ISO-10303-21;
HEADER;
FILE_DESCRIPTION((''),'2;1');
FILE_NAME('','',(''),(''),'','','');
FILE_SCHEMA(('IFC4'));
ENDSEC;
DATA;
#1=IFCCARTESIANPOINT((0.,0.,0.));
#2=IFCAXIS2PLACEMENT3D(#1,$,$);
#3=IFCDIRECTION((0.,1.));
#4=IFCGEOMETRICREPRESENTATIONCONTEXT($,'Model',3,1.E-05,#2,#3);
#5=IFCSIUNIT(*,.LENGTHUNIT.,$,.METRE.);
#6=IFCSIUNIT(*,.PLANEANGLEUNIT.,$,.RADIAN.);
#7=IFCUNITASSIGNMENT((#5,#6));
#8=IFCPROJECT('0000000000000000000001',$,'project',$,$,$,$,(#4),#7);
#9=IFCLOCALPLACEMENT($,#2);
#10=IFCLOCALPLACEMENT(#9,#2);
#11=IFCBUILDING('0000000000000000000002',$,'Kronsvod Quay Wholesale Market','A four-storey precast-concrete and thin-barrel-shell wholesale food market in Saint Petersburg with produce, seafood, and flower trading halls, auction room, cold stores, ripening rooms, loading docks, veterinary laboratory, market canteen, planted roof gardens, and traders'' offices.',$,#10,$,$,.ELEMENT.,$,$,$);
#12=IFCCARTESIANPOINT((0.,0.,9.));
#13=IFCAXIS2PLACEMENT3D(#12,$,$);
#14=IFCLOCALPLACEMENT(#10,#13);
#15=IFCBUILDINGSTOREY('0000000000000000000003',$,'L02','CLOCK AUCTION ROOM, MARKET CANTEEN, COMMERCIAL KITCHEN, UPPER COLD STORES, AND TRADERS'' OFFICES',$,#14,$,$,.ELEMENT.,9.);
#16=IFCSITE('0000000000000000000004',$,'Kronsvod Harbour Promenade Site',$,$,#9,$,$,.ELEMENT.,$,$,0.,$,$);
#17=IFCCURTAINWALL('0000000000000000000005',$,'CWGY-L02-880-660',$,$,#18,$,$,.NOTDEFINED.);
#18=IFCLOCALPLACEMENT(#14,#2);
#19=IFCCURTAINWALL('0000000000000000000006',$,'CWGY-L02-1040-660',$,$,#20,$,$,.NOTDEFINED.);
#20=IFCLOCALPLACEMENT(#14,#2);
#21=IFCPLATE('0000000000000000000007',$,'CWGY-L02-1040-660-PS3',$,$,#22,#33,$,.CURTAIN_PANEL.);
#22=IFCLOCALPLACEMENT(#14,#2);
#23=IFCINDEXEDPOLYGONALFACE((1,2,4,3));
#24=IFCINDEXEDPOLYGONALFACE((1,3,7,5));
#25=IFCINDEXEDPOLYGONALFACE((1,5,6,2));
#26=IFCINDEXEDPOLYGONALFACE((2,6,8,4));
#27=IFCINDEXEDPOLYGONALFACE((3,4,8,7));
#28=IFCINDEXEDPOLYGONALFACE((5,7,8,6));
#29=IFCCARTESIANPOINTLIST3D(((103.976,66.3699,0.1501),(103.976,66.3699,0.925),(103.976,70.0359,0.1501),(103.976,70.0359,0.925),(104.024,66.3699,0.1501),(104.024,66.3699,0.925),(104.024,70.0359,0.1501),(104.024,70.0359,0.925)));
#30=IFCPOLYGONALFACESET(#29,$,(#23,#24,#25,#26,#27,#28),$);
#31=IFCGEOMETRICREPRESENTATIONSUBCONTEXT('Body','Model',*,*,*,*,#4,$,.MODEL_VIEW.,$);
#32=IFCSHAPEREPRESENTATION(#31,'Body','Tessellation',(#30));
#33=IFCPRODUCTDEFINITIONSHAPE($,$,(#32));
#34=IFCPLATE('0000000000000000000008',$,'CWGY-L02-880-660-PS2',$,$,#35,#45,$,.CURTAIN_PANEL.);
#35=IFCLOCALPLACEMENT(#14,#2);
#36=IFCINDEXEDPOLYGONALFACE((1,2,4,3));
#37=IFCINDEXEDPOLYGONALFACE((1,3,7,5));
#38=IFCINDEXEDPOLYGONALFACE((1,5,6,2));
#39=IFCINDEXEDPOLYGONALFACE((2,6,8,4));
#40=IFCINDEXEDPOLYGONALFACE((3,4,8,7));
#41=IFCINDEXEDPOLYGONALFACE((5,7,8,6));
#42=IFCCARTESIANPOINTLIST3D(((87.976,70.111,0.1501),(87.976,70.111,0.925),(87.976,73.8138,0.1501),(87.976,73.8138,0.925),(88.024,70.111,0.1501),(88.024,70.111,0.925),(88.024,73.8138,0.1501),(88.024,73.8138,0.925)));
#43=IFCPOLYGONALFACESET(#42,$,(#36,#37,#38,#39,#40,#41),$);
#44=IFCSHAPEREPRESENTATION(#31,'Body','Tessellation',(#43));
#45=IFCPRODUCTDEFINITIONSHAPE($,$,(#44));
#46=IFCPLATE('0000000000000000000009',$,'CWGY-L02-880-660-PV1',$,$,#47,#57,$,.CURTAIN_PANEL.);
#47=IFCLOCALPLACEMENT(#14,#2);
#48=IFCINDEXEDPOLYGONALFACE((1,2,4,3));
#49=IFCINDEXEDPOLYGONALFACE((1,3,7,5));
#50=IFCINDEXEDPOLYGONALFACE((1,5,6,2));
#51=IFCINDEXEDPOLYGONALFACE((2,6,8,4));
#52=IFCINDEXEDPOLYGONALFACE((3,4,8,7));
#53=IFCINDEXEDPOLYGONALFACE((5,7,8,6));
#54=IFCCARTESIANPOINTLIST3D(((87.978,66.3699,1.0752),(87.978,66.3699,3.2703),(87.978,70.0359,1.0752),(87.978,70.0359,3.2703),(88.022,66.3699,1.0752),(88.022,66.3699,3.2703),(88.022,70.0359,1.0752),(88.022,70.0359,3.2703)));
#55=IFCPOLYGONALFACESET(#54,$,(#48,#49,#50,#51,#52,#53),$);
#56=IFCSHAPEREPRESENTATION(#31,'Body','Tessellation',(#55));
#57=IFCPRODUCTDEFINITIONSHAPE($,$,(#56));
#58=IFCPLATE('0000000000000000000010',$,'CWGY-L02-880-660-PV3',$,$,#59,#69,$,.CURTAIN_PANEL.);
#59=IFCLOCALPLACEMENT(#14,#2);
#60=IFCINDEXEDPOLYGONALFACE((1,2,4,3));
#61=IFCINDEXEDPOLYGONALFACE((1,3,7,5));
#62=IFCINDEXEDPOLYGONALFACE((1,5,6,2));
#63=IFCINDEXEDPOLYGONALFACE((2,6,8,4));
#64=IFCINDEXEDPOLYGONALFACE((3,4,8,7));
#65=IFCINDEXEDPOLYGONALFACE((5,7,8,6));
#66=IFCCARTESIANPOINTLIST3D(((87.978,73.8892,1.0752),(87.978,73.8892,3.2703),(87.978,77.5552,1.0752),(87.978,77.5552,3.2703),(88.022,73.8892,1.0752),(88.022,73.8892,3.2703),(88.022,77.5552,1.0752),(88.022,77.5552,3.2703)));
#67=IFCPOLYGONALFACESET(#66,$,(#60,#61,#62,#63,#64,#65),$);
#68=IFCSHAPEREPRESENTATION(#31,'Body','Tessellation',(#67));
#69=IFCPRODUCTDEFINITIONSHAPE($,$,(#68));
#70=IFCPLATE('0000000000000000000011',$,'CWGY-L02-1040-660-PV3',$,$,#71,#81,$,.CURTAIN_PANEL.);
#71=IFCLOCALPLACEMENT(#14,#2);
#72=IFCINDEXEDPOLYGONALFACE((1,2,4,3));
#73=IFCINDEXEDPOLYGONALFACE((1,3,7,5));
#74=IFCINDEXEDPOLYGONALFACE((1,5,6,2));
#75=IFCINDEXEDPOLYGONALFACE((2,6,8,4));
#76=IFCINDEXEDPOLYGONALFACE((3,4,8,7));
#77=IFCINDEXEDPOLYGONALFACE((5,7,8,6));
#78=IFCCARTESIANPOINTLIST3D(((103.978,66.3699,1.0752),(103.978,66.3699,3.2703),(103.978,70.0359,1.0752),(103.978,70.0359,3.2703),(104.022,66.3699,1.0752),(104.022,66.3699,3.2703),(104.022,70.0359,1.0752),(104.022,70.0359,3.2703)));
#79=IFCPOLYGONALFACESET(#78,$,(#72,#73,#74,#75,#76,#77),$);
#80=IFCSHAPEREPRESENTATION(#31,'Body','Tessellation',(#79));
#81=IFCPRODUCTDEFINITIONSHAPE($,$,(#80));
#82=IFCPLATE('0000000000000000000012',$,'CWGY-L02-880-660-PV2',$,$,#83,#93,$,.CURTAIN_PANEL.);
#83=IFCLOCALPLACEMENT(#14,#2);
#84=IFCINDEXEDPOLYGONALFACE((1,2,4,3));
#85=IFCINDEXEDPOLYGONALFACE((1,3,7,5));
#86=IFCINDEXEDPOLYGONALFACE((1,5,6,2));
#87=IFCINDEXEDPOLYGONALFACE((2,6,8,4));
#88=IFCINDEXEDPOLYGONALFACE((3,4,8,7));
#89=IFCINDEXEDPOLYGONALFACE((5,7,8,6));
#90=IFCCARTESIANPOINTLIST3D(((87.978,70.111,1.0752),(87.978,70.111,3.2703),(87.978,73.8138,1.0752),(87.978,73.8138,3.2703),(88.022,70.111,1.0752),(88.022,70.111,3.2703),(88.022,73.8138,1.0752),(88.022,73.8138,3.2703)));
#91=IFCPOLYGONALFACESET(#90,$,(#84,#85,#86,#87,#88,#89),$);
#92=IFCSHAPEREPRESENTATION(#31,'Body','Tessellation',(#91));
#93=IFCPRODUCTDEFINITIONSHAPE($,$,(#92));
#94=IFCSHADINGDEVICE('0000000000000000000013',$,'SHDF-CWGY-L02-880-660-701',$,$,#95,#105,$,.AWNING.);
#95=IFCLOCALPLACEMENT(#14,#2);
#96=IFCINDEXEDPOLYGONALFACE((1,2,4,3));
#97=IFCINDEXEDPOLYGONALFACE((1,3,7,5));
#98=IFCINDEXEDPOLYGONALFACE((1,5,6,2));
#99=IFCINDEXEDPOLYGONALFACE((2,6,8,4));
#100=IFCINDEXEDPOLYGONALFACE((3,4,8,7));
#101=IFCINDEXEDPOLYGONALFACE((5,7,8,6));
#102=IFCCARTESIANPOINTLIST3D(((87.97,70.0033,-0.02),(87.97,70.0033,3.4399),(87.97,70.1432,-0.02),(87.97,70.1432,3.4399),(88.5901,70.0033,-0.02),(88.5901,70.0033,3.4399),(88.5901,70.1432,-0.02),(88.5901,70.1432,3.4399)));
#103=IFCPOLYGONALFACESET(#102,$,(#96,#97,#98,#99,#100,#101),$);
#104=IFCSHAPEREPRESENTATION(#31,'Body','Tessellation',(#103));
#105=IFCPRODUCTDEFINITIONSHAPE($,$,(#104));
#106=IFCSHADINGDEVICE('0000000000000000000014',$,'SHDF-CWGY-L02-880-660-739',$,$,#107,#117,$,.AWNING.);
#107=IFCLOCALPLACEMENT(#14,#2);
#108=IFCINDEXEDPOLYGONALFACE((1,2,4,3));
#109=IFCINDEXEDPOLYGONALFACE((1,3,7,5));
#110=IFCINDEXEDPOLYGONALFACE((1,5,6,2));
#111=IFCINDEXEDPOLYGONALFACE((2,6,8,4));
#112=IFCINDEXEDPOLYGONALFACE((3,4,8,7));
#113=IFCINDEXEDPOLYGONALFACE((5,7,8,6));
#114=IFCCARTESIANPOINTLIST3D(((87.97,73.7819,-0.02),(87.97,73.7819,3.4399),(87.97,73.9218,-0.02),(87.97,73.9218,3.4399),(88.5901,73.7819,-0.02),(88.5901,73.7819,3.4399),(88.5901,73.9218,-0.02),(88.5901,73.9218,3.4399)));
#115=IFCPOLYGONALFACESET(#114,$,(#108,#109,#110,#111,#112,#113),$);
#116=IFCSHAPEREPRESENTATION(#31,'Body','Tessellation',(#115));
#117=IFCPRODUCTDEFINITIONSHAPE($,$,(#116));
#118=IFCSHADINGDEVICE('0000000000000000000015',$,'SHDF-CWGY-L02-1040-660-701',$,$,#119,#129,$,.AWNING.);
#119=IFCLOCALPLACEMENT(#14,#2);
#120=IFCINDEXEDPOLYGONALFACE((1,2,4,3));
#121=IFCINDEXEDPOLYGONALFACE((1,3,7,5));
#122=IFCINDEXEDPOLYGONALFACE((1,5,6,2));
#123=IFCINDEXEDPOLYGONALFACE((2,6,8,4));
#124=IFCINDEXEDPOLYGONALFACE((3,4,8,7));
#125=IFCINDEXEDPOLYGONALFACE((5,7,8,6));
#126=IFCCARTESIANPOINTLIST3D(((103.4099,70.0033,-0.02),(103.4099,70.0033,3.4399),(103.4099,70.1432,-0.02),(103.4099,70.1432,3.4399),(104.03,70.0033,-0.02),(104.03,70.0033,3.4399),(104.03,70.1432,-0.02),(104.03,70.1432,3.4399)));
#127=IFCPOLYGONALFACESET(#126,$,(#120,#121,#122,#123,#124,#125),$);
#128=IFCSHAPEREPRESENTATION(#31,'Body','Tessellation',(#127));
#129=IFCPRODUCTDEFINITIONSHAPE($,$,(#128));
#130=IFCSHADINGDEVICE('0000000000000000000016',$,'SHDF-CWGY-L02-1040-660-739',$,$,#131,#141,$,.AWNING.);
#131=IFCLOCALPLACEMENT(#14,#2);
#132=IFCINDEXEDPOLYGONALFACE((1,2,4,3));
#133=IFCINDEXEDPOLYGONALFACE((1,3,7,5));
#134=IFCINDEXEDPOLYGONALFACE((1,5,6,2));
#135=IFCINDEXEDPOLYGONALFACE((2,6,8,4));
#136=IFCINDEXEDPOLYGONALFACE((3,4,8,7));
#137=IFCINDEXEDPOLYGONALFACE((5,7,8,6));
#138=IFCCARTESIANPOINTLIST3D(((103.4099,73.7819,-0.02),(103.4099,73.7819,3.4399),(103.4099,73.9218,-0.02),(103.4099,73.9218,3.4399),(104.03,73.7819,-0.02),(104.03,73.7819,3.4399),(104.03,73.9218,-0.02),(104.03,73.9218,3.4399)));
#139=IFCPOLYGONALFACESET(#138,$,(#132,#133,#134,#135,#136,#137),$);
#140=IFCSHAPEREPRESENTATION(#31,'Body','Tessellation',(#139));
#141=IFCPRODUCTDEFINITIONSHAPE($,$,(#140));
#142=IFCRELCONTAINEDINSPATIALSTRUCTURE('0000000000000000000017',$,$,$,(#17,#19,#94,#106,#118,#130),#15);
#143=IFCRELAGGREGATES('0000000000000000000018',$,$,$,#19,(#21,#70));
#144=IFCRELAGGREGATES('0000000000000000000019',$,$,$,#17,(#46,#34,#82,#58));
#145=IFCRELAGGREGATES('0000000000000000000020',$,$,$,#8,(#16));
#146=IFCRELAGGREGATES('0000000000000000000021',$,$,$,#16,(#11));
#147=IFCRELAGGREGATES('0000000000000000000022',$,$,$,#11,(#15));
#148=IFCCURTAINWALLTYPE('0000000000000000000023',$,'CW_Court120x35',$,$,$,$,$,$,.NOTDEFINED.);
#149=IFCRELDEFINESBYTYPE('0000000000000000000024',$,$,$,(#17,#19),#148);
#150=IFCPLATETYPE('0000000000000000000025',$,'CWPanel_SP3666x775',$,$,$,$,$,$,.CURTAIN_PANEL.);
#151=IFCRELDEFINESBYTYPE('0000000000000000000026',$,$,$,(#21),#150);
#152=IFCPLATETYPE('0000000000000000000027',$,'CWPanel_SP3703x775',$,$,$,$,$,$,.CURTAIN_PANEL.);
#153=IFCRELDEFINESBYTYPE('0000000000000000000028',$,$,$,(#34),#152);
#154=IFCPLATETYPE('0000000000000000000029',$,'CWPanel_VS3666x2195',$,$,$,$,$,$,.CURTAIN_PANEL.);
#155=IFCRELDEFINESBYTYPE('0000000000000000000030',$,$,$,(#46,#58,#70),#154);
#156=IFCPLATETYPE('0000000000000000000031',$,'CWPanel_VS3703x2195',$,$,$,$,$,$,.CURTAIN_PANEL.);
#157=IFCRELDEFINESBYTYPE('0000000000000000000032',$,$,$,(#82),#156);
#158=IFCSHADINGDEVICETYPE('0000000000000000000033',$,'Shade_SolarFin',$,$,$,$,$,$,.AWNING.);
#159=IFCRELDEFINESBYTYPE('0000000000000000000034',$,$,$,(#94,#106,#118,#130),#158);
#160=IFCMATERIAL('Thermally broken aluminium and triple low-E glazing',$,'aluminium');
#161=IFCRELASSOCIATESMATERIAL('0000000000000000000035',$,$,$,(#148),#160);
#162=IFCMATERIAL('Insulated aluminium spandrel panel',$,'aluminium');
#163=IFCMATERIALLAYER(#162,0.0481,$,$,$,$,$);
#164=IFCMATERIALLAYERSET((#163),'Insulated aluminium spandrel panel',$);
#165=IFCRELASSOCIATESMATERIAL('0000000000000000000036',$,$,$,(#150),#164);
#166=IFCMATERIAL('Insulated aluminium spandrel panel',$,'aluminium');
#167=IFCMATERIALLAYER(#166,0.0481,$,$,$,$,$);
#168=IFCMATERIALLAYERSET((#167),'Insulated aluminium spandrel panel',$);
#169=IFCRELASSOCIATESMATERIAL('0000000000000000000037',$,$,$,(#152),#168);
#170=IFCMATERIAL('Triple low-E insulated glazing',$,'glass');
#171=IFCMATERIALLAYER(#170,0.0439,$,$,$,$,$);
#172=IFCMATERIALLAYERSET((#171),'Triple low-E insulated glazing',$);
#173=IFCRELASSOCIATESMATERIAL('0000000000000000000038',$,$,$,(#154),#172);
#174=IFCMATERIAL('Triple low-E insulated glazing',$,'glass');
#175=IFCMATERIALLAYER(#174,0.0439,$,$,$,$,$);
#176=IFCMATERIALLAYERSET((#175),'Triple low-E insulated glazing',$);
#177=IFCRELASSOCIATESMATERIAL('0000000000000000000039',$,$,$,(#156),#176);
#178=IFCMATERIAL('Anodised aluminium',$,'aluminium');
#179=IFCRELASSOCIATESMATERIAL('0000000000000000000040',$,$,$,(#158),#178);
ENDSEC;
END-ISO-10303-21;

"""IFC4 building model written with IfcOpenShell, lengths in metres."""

from ifc_helpers import new_model, si_unit, direction, frame, origin, origin_2d, place, context, subcontext, project, spatial, rectangle, extrude, material, layer, layer_set, type_object, element, aggregate, save


model = new_model("IFC4")

# Units and contexts
model_context = context("Model", 3, precision=1e-05, world=origin(), true_north=direction((0.0, 1.0)))
body_context = subcontext(model_context, "Body", "Model", "MODEL_VIEW")
ifc_project = project(units=[si_unit("LENGTHUNIT", "METRE"), si_unit("PLANEANGLEUNIT", "RADIAN")], contexts=[model_context])

# Site, building, storey
site_placement = place(None, origin())
site = spatial("IfcSite", under=ifc_project, at=site_placement, Name="Kronsvod Harbour Promenade Site", CompositionType="ELEMENT", RefElevation=0.0)
building_placement = place(site_placement, origin())
building = spatial("IfcBuilding", under=site, at=building_placement, Name="Kronsvod Quay Wholesale Market", Description="A four-storey precast-concrete and thin-barrel-shell wholesale food market in Saint Petersburg with produce, seafood, and flower trading halls, auction room, cold stores, ripening rooms, loading docks, veterinary laboratory, market canteen, planted roof gardens, and traders' offices.", CompositionType="ELEMENT")
storey_placement = place(building_placement, frame((0.0, 0.0, 9.0)))
storey = spatial("IfcBuildingStorey", under=building, at=storey_placement, Name="L02", Description="CLOCK AUCTION ROOM, MARKET CANTEEN, COMMERCIAL KITCHEN, UPPER COLD STORES, AND TRADERS' OFFICES", CompositionType="ELEMENT", Elevation=9.0)

# Curtain wall
ifc_material_1 = material(Name="Thermally broken aluminium and triple low-E glazing", Category="aluminium")
curtain_wall_type = type_object("IfcCurtainWallType", Name="CW_Court120x35", PredefinedType="NOTDEFINED", material=ifc_material_1)
curtain_wall_1_placement = place(storey_placement, origin())
curtain_wall_1 = element("IfcCurtainWall", 1, at=curtain_wall_1_placement, inside=storey, type_object=curtain_wall_type, Name="CWGY-L02-880-660", PredefinedType="NOTDEFINED")

# Curtain wall
curtain_wall_2_placement = place(storey_placement, origin())
curtain_wall_2 = element("IfcCurtainWall", 2, at=curtain_wall_2_placement, inside=storey, type_object=curtain_wall_type, Name="CWGY-L02-1040-660", PredefinedType="NOTDEFINED")

# Plates
ifc_material_2 = material(Name="Insulated aluminium spandrel panel", Category="aluminium")
ifc_layer_1 = layer(ifc_material_2, 0.0481)
ifc_layer_set_1 = layer_set([ifc_layer_1], Name="Insulated aluminium spandrel panel")
plate_type_1 = type_object("IfcPlateType", Name="CWPanel_SP3666x775", PredefinedType="CURTAIN_PANEL", material=ifc_layer_set_1)
plate_1_placement = place(storey_placement, frame((104.0, 68.2029, 0.1501), z_axis=(0.0, 0.0, 1.0), x_axis=(0.0, -1.0, 0.0)))
plate_1 = element("IfcPlate", 3, at=plate_1_placement, type_object=plate_type_1, Name="CWGY-L02-1040-660-PS3", PredefinedType="CURTAIN_PANEL", context=body_context, shape_type="SweptSolid", body=[
    extrude(rectangle(XDim=3.666, YDim=0.0481, at=origin_2d()), origin(), (0.0, 0.0, 1.0), 0.7749),
])
ifc_material_3 = material(Name="Insulated aluminium spandrel panel", Category="aluminium")
ifc_layer_2 = layer(ifc_material_3, 0.0481)
ifc_layer_set_2 = layer_set([ifc_layer_2], Name="Insulated aluminium spandrel panel")
plate_type_2 = type_object("IfcPlateType", Name="CWPanel_SP3703x775", PredefinedType="CURTAIN_PANEL", material=ifc_layer_set_2)
plate_2_placement = place(storey_placement, frame((88.0, 71.9624, 0.1501), z_axis=(0.0, 0.0, 1.0), x_axis=(0.0, 1.0, 0.0)))
plate_2 = element("IfcPlate", 4, at=plate_2_placement, type_object=plate_type_2, Name="CWGY-L02-880-660-PS2", PredefinedType="CURTAIN_PANEL", context=body_context, shape_type="SweptSolid", body=[
    extrude(rectangle(XDim=3.7029, YDim=0.0481, at=origin_2d()), origin(), (0.0, 0.0, 1.0), 0.7749),
])
ifc_material_4 = material(Name="Triple low-E insulated glazing", Category="glass")
ifc_layer_3 = layer(ifc_material_4, 0.0439)
ifc_layer_set_3 = layer_set([ifc_layer_3], Name="Triple low-E insulated glazing")
plate_type_3 = type_object("IfcPlateType", Name="CWPanel_VS3666x2195", PredefinedType="CURTAIN_PANEL", material=ifc_layer_set_3)
plate_3_placement = place(storey_placement, frame((88.0, 68.2029, 1.0752), z_axis=(0.0, 0.0, 1.0), x_axis=(0.0, 1.0, 0.0)))
plate_3 = element("IfcPlate", 5, at=plate_3_placement, type_object=plate_type_3, Name="CWGY-L02-880-660-PV1", PredefinedType="CURTAIN_PANEL", context=body_context, shape_type="SweptSolid", body=[
    extrude(rectangle(XDim=3.666, YDim=0.0439, at=origin_2d()), origin(), (0.0, 0.0, 1.0), 2.1951),
])
plate_4_placement = place(storey_placement, frame((88.0, 75.7222, 1.0752), z_axis=(0.0, 0.0, 1.0), x_axis=(0.0, 1.0, 0.0)))
plate_4 = element("IfcPlate", 6, at=plate_4_placement, type_object=plate_type_3, Name="CWGY-L02-880-660-PV3", PredefinedType="CURTAIN_PANEL", context=body_context, shape_type="SweptSolid", body=[
    extrude(rectangle(XDim=3.666, YDim=0.0439, at=origin_2d()), origin(), (0.0, 0.0, 1.0), 2.1951),
])
plate_5_placement = place(storey_placement, frame((104.0, 68.2029, 1.0752), z_axis=(0.0, 0.0, 1.0), x_axis=(0.0, -1.0, 0.0)))
plate_5 = element("IfcPlate", 7, at=plate_5_placement, type_object=plate_type_3, Name="CWGY-L02-1040-660-PV3", PredefinedType="CURTAIN_PANEL", context=body_context, shape_type="SweptSolid", body=[
    extrude(rectangle(XDim=3.666, YDim=0.0439, at=origin_2d()), origin(), (0.0, 0.0, 1.0), 2.1951),
])
aggregate(curtain_wall_2, [plate_1, plate_5])
ifc_material_5 = material(Name="Triple low-E insulated glazing", Category="glass")
ifc_layer_4 = layer(ifc_material_5, 0.0439)
ifc_layer_set_4 = layer_set([ifc_layer_4], Name="Triple low-E insulated glazing")
plate_type_4 = type_object("IfcPlateType", Name="CWPanel_VS3703x2195", PredefinedType="CURTAIN_PANEL", material=ifc_layer_set_4)
plate_6_placement = place(storey_placement, frame((88.0, 71.9624, 1.0752), z_axis=(0.0, 0.0, 1.0), x_axis=(0.0, 1.0, 0.0)))
plate_6 = element("IfcPlate", 8, at=plate_6_placement, type_object=plate_type_4, Name="CWGY-L02-880-660-PV2", PredefinedType="CURTAIN_PANEL", context=body_context, shape_type="SweptSolid", body=[
    extrude(rectangle(XDim=3.7029, YDim=0.0439, at=origin_2d()), origin(), (0.0, 0.0, 1.0), 2.1951),
])
aggregate(curtain_wall_1, [plate_3, plate_2, plate_6, plate_4])

# Shading devices
ifc_material_6 = material(Name="Anodised aluminium", Category="aluminium")
shading_device_type = type_object("IfcShadingDeviceType", Name="Shade_SolarFin", PredefinedType="AWNING", material=ifc_material_6)
for number, where, z_axis, x_axis, name in (
    (9, (88.28, 70.0732, -0.02), (0.0, 0.0, 1.0), (1.0, 0.0, 0.0), "SHDF-CWGY-L02-880-660-701"),
    (10, (88.28, 73.8518, -0.02), (0.0, 0.0, 1.0), (1.0, 0.0, 0.0), "SHDF-CWGY-L02-880-660-739"),
    (11, (103.72, 70.0732, -0.02), (0.0, 0.0, 1.0), (1.0, 0.0, 0.0), "SHDF-CWGY-L02-1040-660-701"),
    (12, (103.72, 73.8518, -0.02), (0.0, 0.0, 1.0), (1.0, 0.0, 0.0), "SHDF-CWGY-L02-1040-660-739"),
):
    element("IfcShadingDevice", number, at=place(storey_placement, frame(where, z_axis=z_axis, x_axis=x_axis)), inside=storey, type_object=shading_device_type, Name=name, PredefinedType="AWNING", context=body_context, shape_type="SweptSolid", body=[
        extrude(rectangle(XDim=0.6201, YDim=0.1399, at=origin_2d()), origin(), (0.0, 0.0, 1.0), 3.46),
    ])

save(model, "model.ifc")
